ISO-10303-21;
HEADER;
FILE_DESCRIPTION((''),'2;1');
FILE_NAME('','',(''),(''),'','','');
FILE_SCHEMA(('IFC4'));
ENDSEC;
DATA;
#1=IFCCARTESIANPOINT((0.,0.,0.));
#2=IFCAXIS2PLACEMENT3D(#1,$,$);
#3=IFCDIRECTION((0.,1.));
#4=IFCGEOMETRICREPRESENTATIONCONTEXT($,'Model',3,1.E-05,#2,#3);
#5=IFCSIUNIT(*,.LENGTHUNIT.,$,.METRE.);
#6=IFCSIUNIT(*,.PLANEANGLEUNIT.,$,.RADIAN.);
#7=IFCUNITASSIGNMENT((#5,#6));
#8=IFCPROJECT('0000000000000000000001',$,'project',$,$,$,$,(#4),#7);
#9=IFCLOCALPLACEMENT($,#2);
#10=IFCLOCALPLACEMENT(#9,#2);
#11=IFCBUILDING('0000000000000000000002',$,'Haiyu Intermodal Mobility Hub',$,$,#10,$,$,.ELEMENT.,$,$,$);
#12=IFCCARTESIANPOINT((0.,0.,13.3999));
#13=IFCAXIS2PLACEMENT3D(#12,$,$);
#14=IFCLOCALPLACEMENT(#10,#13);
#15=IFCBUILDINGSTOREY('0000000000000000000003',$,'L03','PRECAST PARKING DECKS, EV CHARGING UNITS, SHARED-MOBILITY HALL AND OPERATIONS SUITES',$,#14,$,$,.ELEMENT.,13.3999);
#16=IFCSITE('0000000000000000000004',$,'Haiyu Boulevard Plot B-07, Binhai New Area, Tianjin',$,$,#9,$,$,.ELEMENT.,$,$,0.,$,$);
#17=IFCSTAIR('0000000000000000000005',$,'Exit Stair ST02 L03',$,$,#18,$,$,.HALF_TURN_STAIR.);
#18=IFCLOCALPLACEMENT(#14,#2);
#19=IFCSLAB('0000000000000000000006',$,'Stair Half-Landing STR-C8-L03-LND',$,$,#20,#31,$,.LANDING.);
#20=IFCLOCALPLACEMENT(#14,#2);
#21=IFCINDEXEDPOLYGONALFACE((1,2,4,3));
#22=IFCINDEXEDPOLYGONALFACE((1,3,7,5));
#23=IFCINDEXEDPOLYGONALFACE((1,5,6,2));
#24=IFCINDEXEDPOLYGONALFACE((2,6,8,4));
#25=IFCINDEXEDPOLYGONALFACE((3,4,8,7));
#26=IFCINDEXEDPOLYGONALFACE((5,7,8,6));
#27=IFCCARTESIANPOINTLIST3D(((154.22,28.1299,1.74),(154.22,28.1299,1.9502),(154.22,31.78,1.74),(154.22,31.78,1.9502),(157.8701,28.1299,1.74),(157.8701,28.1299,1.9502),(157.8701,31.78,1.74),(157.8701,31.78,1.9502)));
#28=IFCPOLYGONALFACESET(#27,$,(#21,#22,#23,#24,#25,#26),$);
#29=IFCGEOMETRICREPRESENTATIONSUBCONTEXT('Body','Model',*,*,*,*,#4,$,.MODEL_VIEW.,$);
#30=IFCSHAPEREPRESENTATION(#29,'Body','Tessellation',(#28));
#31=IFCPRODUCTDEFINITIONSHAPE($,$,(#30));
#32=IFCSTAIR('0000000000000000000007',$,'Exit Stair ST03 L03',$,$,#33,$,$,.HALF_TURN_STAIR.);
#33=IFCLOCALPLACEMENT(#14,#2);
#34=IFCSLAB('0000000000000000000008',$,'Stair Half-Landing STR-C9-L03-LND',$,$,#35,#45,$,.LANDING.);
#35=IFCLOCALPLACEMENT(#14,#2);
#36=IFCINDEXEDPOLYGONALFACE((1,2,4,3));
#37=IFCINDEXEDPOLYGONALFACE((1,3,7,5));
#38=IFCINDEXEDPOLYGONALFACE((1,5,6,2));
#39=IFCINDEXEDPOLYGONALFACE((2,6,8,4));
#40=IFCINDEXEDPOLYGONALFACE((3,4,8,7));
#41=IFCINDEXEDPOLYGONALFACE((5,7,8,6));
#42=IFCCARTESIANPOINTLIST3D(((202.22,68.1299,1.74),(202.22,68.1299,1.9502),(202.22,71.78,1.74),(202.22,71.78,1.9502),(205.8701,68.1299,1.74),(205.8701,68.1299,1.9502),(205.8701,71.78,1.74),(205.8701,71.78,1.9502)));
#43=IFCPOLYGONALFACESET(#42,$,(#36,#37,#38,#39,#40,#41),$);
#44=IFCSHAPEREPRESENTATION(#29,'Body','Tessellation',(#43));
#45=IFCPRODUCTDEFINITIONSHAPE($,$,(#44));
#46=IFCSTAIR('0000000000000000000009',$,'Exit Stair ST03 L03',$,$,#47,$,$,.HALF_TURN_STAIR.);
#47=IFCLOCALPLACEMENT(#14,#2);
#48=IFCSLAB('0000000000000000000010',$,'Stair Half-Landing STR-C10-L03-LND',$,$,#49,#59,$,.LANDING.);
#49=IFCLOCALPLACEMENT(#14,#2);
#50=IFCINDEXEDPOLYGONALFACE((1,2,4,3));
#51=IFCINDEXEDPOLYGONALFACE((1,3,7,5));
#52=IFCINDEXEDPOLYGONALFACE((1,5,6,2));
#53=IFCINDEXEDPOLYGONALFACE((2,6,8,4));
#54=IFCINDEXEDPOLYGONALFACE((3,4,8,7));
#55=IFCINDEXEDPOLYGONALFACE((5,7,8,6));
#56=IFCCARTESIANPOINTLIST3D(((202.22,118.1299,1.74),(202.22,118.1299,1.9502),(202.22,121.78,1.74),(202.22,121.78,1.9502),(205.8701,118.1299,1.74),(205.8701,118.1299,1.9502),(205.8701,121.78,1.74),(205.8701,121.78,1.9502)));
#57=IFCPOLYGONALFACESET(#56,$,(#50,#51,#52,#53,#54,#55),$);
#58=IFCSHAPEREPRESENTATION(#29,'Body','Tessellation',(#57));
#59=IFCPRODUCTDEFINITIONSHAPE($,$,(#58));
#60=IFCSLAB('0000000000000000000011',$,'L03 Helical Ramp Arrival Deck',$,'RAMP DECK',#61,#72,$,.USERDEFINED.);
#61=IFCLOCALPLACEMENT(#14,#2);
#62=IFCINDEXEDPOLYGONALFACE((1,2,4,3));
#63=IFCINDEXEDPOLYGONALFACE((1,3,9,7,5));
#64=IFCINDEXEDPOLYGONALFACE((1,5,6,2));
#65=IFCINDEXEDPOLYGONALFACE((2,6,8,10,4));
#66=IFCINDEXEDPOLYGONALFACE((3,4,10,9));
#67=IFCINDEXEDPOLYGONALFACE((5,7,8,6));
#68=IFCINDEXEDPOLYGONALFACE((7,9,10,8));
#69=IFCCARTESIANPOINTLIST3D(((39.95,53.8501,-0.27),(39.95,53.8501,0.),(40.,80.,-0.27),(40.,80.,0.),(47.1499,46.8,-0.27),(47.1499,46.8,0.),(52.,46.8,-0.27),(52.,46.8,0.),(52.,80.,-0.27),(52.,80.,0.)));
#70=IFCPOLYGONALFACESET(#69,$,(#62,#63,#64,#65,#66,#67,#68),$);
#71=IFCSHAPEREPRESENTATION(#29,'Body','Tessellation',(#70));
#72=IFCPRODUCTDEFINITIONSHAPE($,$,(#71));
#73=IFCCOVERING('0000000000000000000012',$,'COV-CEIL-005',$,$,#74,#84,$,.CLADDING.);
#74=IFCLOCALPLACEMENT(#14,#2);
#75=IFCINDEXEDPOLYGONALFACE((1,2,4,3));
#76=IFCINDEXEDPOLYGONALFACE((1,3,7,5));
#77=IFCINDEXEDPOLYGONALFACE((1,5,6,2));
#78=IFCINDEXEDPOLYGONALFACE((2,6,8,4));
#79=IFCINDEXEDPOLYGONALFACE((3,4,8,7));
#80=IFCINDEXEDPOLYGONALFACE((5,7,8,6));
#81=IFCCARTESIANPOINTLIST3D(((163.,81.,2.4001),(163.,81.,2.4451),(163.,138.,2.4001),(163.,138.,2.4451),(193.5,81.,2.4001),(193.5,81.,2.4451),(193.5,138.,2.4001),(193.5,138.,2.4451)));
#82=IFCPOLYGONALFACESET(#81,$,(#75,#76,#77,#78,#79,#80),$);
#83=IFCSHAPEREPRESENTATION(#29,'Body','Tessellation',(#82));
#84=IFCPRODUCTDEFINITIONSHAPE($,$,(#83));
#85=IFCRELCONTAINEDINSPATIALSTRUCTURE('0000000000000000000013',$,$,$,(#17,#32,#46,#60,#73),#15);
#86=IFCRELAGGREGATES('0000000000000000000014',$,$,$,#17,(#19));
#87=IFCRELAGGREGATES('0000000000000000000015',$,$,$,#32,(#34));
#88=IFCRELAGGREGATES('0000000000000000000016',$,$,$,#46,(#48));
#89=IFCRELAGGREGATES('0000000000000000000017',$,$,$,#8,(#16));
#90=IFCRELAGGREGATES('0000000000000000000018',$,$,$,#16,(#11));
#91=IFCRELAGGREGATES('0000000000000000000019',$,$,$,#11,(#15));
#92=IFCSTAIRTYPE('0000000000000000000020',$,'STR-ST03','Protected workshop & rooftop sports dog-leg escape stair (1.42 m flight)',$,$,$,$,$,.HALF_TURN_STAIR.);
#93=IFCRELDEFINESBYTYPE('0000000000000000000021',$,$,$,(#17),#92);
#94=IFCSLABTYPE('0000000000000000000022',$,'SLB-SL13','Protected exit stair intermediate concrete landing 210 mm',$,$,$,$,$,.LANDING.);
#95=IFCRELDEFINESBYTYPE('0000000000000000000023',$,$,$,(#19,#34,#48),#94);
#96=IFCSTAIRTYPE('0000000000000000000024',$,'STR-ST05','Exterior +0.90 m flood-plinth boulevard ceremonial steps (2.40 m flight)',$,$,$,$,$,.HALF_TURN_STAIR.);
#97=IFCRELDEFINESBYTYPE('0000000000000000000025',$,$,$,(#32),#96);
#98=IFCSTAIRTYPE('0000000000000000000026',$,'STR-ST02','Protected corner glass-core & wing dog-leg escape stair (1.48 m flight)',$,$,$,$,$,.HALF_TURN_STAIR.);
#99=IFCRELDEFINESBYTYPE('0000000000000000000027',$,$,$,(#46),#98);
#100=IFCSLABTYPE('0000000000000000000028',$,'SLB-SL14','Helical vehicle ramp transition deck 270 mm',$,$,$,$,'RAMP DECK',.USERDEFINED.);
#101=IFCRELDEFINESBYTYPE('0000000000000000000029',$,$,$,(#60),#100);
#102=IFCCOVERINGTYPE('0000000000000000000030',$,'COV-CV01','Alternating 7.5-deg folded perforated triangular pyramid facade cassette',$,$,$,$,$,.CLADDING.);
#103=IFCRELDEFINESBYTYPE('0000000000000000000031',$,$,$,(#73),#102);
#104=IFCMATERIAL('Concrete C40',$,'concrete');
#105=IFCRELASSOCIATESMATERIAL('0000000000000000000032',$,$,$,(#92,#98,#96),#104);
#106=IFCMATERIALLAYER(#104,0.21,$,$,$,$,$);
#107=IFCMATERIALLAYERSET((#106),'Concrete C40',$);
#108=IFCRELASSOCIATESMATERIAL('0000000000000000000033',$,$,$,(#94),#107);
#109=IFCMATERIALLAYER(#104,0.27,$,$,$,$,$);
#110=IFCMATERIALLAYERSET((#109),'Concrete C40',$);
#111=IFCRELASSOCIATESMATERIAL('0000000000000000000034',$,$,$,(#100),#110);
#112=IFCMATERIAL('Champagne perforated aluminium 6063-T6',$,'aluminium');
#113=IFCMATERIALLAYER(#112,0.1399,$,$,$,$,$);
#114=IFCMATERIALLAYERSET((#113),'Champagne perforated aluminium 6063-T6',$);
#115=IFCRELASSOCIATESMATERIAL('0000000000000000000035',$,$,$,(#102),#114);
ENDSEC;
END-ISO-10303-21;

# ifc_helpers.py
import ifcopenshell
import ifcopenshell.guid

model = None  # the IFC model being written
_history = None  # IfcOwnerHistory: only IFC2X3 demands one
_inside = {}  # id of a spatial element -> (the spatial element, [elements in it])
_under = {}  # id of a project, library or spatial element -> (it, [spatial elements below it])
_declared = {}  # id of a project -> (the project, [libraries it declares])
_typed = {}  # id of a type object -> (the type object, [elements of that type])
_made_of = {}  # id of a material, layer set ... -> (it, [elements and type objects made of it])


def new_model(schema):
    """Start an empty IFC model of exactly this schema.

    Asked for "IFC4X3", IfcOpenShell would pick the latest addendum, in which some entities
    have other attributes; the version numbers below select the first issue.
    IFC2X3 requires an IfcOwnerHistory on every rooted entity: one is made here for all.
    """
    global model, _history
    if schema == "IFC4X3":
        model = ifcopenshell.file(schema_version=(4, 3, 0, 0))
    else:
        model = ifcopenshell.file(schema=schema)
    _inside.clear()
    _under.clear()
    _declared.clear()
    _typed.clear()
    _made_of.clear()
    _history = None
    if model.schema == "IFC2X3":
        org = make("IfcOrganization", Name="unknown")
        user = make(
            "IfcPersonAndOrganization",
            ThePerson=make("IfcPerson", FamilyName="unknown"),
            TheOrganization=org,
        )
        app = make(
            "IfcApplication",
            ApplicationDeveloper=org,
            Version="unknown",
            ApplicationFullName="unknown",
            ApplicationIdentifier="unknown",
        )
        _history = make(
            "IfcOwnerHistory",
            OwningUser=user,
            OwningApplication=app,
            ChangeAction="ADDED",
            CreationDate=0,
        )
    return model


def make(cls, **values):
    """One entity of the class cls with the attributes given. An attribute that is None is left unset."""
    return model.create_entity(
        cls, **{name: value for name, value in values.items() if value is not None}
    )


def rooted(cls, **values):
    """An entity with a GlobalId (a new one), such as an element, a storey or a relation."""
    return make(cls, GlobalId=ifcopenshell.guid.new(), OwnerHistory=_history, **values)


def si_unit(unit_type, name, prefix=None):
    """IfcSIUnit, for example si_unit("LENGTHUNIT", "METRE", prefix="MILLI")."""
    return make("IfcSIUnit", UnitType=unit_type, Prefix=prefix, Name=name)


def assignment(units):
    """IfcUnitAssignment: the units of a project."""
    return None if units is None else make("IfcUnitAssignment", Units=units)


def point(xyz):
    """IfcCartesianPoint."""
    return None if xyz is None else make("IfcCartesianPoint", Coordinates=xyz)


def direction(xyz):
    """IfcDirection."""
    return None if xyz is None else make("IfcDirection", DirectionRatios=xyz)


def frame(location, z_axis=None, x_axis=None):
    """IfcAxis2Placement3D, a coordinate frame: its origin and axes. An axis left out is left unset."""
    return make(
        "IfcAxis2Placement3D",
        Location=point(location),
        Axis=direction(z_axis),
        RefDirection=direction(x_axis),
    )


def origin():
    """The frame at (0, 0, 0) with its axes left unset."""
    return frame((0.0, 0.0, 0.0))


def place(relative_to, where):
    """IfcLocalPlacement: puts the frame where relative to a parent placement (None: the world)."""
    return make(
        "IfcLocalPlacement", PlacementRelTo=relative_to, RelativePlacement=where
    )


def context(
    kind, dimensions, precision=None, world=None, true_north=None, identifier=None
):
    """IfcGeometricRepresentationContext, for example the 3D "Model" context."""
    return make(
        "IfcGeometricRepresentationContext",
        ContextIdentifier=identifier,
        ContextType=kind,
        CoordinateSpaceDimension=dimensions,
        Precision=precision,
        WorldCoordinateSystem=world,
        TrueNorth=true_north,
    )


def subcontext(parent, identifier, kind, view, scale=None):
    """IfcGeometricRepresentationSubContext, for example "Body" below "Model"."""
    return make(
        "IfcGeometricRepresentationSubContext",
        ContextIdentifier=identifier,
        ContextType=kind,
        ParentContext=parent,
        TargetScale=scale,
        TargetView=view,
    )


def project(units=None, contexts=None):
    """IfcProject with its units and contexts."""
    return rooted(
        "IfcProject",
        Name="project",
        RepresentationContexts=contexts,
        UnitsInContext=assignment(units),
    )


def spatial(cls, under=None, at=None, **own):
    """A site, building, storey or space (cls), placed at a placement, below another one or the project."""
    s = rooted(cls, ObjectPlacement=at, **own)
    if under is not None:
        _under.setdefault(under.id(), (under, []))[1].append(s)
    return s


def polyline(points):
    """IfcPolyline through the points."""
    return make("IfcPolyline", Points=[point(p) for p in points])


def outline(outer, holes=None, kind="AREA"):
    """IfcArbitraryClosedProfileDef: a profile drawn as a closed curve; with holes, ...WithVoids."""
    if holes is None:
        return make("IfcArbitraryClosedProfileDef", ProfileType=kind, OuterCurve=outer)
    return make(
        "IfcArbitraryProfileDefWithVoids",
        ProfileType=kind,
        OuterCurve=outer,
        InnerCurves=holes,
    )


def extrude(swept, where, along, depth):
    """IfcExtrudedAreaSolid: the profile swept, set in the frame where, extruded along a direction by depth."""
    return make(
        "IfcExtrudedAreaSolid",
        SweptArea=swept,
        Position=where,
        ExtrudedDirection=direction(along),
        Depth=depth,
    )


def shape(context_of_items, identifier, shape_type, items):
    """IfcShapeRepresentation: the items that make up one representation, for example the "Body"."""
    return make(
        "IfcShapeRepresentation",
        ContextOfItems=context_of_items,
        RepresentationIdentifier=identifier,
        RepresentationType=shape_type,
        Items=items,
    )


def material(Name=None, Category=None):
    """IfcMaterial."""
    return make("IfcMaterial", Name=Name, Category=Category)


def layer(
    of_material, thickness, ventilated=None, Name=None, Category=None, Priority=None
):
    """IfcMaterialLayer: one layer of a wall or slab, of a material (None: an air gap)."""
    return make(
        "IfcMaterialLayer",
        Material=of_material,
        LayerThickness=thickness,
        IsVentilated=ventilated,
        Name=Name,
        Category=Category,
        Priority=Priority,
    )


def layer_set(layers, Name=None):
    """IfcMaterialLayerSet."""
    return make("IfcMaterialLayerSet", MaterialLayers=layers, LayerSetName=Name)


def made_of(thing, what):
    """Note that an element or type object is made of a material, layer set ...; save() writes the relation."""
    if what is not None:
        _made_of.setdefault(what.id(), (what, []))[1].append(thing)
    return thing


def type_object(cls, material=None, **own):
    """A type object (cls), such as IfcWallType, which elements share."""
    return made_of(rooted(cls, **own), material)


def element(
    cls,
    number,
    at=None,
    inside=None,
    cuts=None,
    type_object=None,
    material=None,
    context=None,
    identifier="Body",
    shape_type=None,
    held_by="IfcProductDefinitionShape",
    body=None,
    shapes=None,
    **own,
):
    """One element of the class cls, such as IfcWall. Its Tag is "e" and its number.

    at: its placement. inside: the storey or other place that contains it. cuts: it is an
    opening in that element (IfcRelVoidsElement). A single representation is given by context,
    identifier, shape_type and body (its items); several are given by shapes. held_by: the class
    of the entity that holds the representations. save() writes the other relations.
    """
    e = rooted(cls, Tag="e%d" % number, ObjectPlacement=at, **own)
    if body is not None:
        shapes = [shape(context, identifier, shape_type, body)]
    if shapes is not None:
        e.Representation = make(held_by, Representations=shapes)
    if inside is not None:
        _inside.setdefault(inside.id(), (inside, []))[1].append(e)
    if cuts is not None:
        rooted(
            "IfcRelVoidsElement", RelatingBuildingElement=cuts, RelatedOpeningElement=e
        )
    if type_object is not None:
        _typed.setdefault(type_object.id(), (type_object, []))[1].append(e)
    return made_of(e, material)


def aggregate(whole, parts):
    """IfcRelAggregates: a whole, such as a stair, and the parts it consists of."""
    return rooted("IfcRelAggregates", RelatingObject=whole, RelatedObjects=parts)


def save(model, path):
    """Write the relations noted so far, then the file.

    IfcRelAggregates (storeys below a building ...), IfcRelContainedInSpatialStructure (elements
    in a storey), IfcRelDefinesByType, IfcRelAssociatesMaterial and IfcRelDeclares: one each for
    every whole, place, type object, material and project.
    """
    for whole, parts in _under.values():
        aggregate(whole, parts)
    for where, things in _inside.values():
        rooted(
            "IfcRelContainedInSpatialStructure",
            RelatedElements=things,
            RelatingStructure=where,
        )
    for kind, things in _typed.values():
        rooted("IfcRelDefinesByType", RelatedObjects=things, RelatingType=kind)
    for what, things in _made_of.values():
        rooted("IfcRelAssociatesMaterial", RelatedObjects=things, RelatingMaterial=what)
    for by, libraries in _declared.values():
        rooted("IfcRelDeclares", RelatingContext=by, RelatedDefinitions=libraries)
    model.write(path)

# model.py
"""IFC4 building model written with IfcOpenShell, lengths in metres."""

from ifc_helpers import new_model, si_unit, direction, frame, origin, place, context, subcontext, project, spatial, polyline, outline, extrude, material, layer, layer_set, type_object, element, aggregate, save


model = new_model("IFC4")

# Units and contexts
model_context = context("Model", 3, precision=1e-05, world=origin(), true_north=direction((0.0, 1.0)))
body_context = subcontext(model_context, "Body", "Model", "MODEL_VIEW")
ifc_project = project(units=[si_unit("LENGTHUNIT", "METRE"), si_unit("PLANEANGLEUNIT", "RADIAN")], contexts=[model_context])

# Site, building, storey
site_placement = place(None, origin())
site = spatial("IfcSite", under=ifc_project, at=site_placement, Name="Haiyu Boulevard Plot B-07, Binhai New Area, Tianjin", CompositionType="ELEMENT", RefElevation=0.0)
building_placement = place(site_placement, origin())
building = spatial("IfcBuilding", under=site, at=building_placement, Name="Haiyu Intermodal Mobility Hub", CompositionType="ELEMENT")
storey_placement = place(building_placement, frame((0.0, 0.0, 13.3999)))
storey = spatial("IfcBuildingStorey", under=building, at=storey_placement, Name="L03", Description="PRECAST PARKING DECKS, EV CHARGING UNITS, SHARED-MOBILITY HALL AND OPERATIONS SUITES", CompositionType="ELEMENT", Elevation=13.3999)

# Shared definitions
ifc_material_1 = material(Name="Concrete C40", Category="concrete")

# Stairs, slabs
stair_type_1 = type_object("IfcStairType", Name="STR-ST03", Description="Protected workshop & rooftop sports dog-leg escape stair (1.42 m flight)", PredefinedType="HALF_TURN_STAIR", material=ifc_material_1)
ifc_layer_1 = layer(ifc_material_1, 0.21)
ifc_layer_set_1 = layer_set([ifc_layer_1], Name="Concrete C40")
slab_type_1 = type_object("IfcSlabType", Name="SLB-SL13", Description="Protected exit stair intermediate concrete landing 210 mm", PredefinedType="LANDING", material=ifc_layer_set_1)
stair_type_2 = type_object("IfcStairType", Name="STR-ST02", Description="Protected corner glass-core & wing dog-leg escape stair (1.48 m flight)", PredefinedType="HALF_TURN_STAIR", material=ifc_material_1)
stair_1_placement = place(storey_placement, origin())
stair_1 = element("IfcStair", 1, at=stair_1_placement, inside=storey, type_object=stair_type_1, Name="Exit Stair ST02 L03", PredefinedType="HALF_TURN_STAIR")
slab_1_placement = place(storey_placement, frame((0.0, 0.0, 1.74)))
slab_1 = element("IfcSlab", 2, at=slab_1_placement, type_object=slab_type_1, Name="Stair Half-Landing STR-C8-L03-LND", PredefinedType="LANDING", context=body_context, shape_type="SweptSolid", body=[
    extrude(outline(polyline([(154.22, 28.1299), (157.8701, 28.1299), (157.8701, 31.78), (154.22, 31.78), (154.22, 28.1299)])), origin(), (0.0, 0.0, 1.0), 0.2102),
])
aggregate(stair_1, [slab_1])
stair_type_3 = type_object("IfcStairType", Name="STR-ST05", Description="Exterior +0.90 m flood-plinth boulevard ceremonial steps (2.40 m flight)", PredefinedType="HALF_TURN_STAIR", material=ifc_material_1)
stair_2_placement = place(storey_placement, origin())
stair_2 = element("IfcStair", 3, at=stair_2_placement, inside=storey, type_object=stair_type_3, Name="Exit Stair ST03 L03", PredefinedType="HALF_TURN_STAIR")
slab_2_placement = place(storey_placement, frame((0.0, 0.0, 1.74)))
slab_2 = element("IfcSlab", 4, at=slab_2_placement, type_object=slab_type_1, Name="Stair Half-Landing STR-C9-L03-LND", PredefinedType="LANDING", context=body_context, shape_type="SweptSolid", body=[
    extrude(outline(polyline([(202.22, 68.1299), (205.8701, 68.1299), (205.8701, 71.78), (202.22, 71.78), (202.22, 68.1299)])), origin(), (0.0, 0.0, 1.0), 0.2102),
])
aggregate(stair_2, [slab_2])
stair_3_placement = place(storey_placement, origin())
stair_3 = element("IfcStair", 5, at=stair_3_placement, inside=storey, type_object=stair_type_2, Name="Exit Stair ST03 L03", PredefinedType="HALF_TURN_STAIR")
slab_3_placement = place(storey_placement, frame((0.0, 0.0, 1.74)))
slab_3 = element("IfcSlab", 6, at=slab_3_placement, type_object=slab_type_1, Name="Stair Half-Landing STR-C10-L03-LND", PredefinedType="LANDING", context=body_context, shape_type="SweptSolid", body=[
    extrude(outline(polyline([(202.22, 118.1299), (205.8701, 118.1299), (205.8701, 121.78), (202.22, 121.78), (202.22, 118.1299)])), origin(), (0.0, 0.0, 1.0), 0.2102),
])
aggregate(stair_3, [slab_3])

# Slab
ifc_layer_2 = layer(ifc_material_1, 0.27)
ifc_layer_set_2 = layer_set([ifc_layer_2], Name="Concrete C40")
slab_type_2 = type_object("IfcSlabType", Name="SLB-SL14", Description="Helical vehicle ramp transition deck 270 mm", ElementType="RAMP DECK", PredefinedType="USERDEFINED", material=ifc_layer_set_2)
slab_4_placement = place(storey_placement, frame((0.0, 0.0, -0.27)))
element("IfcSlab", 7, at=slab_4_placement, inside=storey, type_object=slab_type_2, Name="L03 Helical Ramp Arrival Deck", ObjectType="RAMP DECK", PredefinedType="USERDEFINED", context=body_context, shape_type="SweptSolid", body=[
    extrude(outline(polyline([(39.95, 53.8501), (47.1499, 46.8), (52.0, 46.8), (52.0, 80.0), (40.0, 80.0), (39.95, 53.8501)])), origin(), (0.0, 0.0, 1.0), 0.27),
])

# Covering
ifc_material_2 = material(Name="Champagne perforated aluminium 6063-T6", Category="aluminium")
ifc_layer_3 = layer(ifc_material_2, 0.1399)
ifc_layer_set_3 = layer_set([ifc_layer_3], Name="Champagne perforated aluminium 6063-T6")
covering_type = type_object("IfcCoveringType", Name="COV-CV01", Description="Alternating 7.5-deg folded perforated triangular pyramid facade cassette", PredefinedType="CLADDING", material=ifc_layer_set_3)
covering_placement = place(storey_placement, frame((0.0, 0.0, 2.4001)))
element("IfcCovering", 8, at=covering_placement, inside=storey, type_object=covering_type, Name="COV-CEIL-005", PredefinedType="CLADDING", context=body_context, shape_type="SweptSolid", body=[
    extrude(outline(polyline([(163.0, 81.0), (193.5, 81.0), (193.5, 138.0), (163.0, 138.0), (163.0, 81.0)])), origin(), (0.0, 0.0, 1.0), 0.0449),
])

save(model, "model.ifc")
